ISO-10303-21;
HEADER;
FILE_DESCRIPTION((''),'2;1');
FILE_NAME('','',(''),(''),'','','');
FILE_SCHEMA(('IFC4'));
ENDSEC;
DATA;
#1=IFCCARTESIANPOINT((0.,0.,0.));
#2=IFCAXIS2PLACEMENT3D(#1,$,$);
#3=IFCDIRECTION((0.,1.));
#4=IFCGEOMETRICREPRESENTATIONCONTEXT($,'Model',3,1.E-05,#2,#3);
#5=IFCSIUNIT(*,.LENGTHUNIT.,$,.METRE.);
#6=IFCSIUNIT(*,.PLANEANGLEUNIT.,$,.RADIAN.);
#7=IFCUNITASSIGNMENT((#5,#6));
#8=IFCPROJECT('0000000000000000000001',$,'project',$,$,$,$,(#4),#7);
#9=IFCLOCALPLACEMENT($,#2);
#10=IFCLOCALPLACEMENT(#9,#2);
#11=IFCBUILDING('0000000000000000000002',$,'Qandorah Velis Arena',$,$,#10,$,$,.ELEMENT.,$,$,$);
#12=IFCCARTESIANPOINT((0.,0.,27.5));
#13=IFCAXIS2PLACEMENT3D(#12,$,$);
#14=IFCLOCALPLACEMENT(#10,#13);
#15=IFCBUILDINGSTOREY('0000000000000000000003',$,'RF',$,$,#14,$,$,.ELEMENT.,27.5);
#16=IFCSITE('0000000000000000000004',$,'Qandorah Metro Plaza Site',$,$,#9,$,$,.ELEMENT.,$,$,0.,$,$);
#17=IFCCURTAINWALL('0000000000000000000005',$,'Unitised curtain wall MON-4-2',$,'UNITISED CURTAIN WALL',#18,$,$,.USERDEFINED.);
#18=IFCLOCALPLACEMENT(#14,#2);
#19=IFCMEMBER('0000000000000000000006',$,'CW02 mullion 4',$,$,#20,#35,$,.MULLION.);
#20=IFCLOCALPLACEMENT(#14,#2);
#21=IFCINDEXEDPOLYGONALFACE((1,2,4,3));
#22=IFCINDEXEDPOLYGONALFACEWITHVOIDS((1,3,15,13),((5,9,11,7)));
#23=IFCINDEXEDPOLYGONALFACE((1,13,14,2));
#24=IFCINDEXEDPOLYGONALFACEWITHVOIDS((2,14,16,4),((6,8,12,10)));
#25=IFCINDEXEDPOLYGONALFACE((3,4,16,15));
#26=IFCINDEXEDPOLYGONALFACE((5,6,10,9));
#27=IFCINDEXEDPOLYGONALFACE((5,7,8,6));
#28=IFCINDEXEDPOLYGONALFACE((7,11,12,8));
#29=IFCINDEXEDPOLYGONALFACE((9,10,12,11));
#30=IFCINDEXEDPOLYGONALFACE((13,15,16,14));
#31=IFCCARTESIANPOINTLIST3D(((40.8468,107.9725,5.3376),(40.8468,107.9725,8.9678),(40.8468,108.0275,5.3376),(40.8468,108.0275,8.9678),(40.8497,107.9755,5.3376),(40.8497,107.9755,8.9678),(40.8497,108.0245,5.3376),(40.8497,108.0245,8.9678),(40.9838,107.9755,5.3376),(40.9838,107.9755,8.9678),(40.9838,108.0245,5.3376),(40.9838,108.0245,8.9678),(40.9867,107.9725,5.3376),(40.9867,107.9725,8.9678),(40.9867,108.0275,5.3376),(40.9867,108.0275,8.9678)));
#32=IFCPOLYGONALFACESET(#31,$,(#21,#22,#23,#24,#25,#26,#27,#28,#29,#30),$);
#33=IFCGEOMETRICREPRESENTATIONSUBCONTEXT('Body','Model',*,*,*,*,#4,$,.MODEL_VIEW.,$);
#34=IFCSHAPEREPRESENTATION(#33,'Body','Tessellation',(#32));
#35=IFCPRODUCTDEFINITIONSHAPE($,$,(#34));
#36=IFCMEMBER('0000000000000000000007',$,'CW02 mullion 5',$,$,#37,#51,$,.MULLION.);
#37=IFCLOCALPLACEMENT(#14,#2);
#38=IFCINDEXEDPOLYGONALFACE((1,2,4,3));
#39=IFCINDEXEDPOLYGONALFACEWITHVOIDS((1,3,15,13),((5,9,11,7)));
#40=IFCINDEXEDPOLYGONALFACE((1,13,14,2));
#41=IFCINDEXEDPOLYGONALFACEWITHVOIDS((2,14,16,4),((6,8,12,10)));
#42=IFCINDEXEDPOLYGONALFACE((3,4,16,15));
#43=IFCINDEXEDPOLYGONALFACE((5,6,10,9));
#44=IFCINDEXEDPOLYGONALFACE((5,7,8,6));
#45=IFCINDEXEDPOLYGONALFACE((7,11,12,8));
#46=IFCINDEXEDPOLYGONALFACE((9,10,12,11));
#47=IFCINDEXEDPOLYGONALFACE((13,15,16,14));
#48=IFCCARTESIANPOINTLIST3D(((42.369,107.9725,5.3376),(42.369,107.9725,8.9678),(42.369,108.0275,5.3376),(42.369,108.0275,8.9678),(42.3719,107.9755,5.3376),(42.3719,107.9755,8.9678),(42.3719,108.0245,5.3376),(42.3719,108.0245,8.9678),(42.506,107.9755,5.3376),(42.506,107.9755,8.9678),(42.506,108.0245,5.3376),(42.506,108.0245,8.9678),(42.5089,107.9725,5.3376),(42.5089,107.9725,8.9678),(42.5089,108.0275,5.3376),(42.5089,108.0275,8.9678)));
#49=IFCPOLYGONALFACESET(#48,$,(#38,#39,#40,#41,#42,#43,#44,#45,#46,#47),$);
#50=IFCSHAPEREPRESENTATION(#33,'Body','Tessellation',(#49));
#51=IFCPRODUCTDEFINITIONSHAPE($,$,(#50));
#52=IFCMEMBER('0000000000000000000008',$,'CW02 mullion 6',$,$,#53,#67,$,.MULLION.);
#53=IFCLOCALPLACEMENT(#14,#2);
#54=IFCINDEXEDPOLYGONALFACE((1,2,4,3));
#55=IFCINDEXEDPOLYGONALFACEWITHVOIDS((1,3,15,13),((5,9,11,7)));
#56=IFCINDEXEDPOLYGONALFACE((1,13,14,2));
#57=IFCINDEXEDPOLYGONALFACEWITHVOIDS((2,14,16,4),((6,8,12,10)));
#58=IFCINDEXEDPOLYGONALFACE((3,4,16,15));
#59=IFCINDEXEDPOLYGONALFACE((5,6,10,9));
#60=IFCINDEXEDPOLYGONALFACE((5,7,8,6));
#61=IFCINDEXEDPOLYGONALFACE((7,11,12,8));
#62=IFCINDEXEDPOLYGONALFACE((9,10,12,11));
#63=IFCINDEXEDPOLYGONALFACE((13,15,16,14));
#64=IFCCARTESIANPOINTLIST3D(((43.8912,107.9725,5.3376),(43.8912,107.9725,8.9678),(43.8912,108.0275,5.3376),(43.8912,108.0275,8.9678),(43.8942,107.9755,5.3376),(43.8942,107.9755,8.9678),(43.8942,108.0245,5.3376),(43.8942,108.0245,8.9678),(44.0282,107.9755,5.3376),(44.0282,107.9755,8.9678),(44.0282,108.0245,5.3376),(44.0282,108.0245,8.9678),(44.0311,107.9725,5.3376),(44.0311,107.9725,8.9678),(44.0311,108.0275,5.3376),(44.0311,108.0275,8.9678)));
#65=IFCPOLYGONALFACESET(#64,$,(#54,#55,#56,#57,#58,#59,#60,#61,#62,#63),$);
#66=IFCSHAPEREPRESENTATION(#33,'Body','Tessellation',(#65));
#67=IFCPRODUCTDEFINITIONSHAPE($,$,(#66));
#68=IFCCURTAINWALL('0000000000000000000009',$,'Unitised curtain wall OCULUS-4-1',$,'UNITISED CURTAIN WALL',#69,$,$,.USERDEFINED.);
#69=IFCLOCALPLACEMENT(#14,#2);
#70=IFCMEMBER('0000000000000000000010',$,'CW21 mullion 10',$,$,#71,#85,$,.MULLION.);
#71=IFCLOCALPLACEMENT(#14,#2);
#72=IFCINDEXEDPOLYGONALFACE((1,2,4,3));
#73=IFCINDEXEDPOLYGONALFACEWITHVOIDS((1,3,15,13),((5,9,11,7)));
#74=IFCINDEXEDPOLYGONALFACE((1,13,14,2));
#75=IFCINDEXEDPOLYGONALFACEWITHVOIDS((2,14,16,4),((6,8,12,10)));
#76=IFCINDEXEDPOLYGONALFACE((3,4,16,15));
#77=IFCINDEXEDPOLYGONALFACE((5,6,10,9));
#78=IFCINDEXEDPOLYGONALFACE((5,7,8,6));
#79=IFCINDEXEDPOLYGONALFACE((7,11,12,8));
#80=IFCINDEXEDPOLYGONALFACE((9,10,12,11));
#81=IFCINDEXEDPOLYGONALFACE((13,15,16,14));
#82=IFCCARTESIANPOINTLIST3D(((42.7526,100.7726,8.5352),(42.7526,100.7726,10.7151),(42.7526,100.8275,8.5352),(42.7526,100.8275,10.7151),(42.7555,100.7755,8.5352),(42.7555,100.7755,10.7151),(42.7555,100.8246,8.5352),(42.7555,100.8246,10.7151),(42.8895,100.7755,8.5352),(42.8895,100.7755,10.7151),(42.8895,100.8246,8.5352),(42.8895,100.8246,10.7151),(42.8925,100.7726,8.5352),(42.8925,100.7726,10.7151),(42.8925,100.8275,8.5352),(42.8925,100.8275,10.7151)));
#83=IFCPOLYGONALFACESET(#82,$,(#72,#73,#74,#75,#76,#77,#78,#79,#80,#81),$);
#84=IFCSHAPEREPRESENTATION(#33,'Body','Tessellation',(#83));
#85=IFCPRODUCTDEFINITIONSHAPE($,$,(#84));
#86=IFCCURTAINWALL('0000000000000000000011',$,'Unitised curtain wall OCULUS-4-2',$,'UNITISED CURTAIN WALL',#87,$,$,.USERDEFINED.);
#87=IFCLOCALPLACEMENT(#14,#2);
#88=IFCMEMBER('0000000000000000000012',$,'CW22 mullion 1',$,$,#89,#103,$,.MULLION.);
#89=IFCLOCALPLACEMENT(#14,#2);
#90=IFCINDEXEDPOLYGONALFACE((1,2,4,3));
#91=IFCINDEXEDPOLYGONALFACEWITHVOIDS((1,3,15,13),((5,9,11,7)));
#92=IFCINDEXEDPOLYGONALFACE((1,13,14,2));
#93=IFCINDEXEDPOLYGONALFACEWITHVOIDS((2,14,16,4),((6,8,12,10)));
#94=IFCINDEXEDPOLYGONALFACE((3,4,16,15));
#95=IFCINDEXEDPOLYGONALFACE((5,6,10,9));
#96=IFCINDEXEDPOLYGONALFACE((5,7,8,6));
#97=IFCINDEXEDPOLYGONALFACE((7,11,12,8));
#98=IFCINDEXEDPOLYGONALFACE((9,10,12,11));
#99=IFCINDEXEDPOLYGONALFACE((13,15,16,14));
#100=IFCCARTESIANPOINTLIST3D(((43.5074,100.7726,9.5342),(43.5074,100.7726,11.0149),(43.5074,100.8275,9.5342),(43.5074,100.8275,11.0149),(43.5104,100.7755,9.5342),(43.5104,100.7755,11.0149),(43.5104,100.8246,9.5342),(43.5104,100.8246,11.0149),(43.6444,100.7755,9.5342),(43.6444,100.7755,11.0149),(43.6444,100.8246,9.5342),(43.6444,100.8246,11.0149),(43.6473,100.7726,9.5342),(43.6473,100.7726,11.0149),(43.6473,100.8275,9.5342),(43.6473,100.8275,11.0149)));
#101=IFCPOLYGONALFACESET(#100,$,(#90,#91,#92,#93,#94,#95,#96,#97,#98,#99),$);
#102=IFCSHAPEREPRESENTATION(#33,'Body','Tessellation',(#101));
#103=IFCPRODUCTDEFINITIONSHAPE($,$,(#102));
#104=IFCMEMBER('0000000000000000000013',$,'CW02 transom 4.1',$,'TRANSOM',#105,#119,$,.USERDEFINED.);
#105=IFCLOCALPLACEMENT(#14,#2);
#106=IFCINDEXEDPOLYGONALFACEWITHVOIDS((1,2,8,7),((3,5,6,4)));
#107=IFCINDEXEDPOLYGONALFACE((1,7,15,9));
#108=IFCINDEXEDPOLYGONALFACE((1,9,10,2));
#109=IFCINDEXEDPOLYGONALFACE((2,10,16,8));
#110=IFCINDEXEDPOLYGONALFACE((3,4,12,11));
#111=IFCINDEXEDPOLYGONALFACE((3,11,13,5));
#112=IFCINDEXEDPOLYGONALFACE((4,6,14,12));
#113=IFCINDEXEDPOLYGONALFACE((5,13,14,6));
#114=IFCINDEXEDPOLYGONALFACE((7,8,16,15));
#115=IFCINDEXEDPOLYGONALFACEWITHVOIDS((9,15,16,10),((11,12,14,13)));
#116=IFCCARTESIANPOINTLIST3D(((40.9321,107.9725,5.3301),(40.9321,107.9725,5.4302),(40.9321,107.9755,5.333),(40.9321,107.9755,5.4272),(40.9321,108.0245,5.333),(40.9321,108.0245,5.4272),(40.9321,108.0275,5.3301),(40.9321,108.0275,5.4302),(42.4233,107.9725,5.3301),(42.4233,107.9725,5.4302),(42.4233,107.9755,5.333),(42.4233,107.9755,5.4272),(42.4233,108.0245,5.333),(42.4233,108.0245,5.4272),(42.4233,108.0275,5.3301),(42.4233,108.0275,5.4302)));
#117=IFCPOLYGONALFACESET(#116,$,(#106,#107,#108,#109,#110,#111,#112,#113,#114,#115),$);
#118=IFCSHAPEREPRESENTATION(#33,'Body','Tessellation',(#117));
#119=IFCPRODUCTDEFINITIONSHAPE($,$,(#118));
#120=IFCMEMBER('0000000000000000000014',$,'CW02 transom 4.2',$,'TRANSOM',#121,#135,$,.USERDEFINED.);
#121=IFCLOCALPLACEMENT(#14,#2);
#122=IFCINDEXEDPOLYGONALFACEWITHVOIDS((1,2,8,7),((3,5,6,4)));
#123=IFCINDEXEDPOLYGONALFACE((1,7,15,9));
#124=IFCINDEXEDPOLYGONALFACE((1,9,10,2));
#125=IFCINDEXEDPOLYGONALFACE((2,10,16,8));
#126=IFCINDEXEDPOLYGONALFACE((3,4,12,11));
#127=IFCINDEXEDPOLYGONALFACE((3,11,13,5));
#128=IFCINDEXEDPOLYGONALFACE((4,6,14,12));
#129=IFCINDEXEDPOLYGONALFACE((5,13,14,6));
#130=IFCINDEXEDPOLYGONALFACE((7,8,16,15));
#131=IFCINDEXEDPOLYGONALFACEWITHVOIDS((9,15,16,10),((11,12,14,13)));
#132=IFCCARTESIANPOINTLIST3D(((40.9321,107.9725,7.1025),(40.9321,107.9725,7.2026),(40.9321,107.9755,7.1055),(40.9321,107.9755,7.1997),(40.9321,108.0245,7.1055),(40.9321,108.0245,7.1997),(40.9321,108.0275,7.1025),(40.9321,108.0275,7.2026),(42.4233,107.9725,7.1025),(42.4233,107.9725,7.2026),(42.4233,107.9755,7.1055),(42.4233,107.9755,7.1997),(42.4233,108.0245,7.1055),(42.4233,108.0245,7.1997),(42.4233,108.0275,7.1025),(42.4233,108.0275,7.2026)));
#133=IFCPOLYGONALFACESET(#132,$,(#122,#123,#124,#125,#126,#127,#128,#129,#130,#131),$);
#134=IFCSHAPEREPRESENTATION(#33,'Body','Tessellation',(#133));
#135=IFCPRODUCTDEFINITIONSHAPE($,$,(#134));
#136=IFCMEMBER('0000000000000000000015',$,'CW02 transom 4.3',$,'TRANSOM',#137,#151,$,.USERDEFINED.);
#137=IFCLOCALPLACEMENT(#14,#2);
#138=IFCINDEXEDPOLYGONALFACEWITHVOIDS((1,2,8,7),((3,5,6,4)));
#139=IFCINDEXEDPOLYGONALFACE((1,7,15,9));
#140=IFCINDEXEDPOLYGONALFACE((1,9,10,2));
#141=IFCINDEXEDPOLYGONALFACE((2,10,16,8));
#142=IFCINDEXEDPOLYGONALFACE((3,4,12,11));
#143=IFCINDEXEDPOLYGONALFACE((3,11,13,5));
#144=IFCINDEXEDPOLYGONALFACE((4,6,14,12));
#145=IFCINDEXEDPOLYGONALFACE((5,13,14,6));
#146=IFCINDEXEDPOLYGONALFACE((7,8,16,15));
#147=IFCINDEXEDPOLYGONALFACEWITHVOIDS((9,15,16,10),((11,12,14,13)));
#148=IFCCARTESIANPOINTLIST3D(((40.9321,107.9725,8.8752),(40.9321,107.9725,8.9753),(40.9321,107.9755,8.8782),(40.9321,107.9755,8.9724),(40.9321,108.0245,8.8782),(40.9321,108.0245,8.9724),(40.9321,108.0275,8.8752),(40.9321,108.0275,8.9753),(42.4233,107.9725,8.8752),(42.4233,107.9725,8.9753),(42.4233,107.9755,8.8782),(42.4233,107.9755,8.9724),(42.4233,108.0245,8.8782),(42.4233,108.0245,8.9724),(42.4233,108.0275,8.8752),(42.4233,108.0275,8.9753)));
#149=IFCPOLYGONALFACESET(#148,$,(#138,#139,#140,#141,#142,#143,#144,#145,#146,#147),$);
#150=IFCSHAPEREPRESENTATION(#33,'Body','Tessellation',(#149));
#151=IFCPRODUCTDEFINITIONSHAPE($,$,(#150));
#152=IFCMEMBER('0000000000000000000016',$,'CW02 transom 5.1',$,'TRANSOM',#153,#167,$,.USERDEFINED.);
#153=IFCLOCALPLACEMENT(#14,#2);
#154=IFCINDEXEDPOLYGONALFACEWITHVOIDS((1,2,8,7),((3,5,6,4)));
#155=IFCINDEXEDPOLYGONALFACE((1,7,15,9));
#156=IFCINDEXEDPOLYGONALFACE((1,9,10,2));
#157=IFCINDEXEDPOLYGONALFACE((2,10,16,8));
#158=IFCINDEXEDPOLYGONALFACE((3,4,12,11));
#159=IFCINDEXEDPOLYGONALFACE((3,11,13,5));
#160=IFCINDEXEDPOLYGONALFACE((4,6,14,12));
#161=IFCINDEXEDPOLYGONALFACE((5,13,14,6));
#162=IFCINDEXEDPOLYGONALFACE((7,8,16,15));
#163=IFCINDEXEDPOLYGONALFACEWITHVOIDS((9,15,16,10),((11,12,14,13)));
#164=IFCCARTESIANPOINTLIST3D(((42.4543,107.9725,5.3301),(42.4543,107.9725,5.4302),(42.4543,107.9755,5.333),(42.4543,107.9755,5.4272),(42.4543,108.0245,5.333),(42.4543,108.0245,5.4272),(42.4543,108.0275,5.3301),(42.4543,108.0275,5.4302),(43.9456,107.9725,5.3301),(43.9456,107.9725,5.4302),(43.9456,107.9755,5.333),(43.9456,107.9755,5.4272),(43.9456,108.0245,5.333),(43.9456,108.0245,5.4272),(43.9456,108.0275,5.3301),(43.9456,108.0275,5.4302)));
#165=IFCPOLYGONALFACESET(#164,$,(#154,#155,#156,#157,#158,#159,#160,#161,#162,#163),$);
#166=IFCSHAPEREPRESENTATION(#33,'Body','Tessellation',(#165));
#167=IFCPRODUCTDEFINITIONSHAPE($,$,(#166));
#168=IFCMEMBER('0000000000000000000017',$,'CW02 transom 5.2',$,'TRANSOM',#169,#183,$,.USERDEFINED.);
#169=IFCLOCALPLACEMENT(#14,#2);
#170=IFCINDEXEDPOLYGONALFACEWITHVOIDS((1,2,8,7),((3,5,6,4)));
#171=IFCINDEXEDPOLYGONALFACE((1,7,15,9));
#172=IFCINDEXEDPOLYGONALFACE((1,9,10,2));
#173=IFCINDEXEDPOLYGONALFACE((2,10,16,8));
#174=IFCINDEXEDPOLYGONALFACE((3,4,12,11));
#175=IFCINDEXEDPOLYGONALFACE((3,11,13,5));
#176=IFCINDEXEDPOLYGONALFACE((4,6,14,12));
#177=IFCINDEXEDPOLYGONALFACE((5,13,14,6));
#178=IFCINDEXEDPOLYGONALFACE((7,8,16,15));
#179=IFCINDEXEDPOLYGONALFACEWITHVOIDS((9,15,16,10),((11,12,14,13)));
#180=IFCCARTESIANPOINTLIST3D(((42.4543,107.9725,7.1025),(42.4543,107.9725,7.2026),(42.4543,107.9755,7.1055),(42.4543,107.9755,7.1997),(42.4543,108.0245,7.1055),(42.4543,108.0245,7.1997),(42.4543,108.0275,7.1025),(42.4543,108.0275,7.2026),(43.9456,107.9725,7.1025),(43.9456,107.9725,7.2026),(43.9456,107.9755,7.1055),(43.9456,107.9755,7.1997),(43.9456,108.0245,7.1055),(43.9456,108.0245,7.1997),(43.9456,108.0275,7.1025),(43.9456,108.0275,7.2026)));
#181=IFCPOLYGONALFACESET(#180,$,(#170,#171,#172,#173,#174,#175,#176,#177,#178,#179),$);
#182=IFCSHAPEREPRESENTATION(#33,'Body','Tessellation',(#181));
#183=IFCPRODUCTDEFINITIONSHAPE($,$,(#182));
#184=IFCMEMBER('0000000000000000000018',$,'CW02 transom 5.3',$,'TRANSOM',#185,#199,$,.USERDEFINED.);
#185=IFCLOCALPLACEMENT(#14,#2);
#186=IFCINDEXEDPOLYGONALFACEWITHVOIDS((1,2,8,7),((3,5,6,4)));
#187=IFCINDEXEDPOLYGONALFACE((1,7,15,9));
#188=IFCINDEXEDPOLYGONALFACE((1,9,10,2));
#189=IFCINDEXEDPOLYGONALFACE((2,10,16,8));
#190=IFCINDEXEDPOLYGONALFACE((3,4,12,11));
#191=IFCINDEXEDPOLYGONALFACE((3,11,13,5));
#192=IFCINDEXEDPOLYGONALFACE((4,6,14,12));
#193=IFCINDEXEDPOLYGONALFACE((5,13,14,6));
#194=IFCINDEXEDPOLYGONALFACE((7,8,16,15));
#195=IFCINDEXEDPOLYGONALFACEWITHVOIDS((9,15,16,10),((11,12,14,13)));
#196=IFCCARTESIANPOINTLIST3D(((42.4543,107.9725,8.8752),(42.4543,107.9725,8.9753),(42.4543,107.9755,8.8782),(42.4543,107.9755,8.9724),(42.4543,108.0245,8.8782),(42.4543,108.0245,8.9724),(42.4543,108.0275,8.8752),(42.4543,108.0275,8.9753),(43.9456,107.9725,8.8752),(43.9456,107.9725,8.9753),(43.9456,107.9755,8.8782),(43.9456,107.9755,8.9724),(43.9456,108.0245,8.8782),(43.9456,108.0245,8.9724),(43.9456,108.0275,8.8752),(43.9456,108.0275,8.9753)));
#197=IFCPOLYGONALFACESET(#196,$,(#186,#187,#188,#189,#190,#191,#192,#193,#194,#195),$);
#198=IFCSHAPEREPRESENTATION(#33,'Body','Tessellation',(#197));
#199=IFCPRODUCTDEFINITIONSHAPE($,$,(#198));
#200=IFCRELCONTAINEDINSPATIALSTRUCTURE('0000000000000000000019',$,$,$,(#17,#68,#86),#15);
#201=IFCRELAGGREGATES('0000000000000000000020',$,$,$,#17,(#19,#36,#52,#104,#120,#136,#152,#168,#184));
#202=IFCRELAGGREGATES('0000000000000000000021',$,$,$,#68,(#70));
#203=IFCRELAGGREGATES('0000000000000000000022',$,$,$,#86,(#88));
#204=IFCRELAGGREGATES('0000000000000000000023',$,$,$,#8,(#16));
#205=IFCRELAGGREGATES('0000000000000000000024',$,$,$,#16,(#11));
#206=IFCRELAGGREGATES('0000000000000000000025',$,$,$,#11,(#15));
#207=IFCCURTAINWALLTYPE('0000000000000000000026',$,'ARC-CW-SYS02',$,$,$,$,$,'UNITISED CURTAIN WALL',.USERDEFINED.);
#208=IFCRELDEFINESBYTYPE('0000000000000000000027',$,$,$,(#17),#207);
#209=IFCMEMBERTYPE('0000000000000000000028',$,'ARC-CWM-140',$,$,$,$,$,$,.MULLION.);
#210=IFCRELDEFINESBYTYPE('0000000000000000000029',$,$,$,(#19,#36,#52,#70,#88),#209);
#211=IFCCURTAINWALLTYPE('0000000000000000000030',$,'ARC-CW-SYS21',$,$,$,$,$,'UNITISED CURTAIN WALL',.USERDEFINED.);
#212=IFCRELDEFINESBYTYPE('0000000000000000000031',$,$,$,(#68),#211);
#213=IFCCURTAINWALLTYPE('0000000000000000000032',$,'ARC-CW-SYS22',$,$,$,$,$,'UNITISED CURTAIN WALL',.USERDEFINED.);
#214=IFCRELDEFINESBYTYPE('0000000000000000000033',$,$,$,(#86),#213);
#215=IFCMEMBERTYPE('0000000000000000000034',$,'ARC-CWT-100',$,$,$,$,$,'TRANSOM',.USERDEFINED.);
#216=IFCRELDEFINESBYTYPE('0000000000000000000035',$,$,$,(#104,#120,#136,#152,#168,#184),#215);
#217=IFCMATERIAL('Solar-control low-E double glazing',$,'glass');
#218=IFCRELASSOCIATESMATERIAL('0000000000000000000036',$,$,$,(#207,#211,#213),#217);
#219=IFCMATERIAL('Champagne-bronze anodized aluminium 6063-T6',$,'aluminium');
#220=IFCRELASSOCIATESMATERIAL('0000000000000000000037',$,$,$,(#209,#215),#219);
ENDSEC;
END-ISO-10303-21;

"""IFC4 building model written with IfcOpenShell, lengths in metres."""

from ifc_helpers import new_model, si_unit, direction, frame, origin, origin_2d, place, context, subcontext, project, spatial, hollow_rectangle, extrude, material, material_profile, profile_set, type_object, element, aggregate, save


model = new_model("IFC4")

# Units and contexts
model_context = context("Model", 3, precision=1e-05, world=origin(), true_north=direction((0.0, 1.0)))
body_context = subcontext(model_context, "Body", "Model", "MODEL_VIEW")
ifc_project = project(units=[si_unit("LENGTHUNIT", "METRE"), si_unit("PLANEANGLEUNIT", "RADIAN")], contexts=[model_context])

# Site, building, storey
site_placement = place(None, origin())
site = spatial("IfcSite", under=ifc_project, at=site_placement, Name="Qandorah Metro Plaza Site", CompositionType="ELEMENT", RefElevation=0.0)
building_placement = place(site_placement, origin())
building = spatial("IfcBuilding", under=site, at=building_placement, Name="Qandorah Velis Arena", CompositionType="ELEMENT")
storey_placement = place(building_placement, frame((0.0, 0.0, 27.5)))
storey = spatial("IfcBuildingStorey", under=building, at=storey_placement, Name="RF", CompositionType="ELEMENT", Elevation=27.5)

# Curtain wall, members
ifc_material_1 = material(Name="Solar-control low-E double glazing", Category="glass")
curtain_wall_type_1 = type_object("IfcCurtainWallType", Name="ARC-CW-SYS02", ElementType="UNITISED CURTAIN WALL", PredefinedType="USERDEFINED", material=ifc_material_1)
curtain_wall_1_placement = place(storey_placement, origin())
curtain_wall_1 = element("IfcCurtainWall", 1, at=curtain_wall_1_placement, inside=storey, type_object=curtain_wall_type_1, Name="Unitised curtain wall MON-4-2", ObjectType="UNITISED CURTAIN WALL", PredefinedType="USERDEFINED")
ifc_material_2 = material(Name="Champagne-bronze anodized aluminium 6063-T6", Category="aluminium")
ifc_material_profile_1 = material_profile(ifc_material_2, hollow_rectangle(XDim=0.0549, YDim=0.1399, WallThickness=0.0029, at=origin_2d()), Name="ALU MULLION 55x140")
ifc_profile_set_1 = profile_set([ifc_material_profile_1], Name="Champagne-bronze anodized aluminium 6063-T6")
member_type_1 = type_object("IfcMemberType", Name="ARC-CWM-140", PredefinedType="MULLION", material=ifc_profile_set_1)
member_1_placement = place(storey_placement, frame((40.9167, 108.0, 5.3376), z_axis=(0.0, 0.0, 1.0), x_axis=(0.0, 1.0, 0.0)))
member_1 = element("IfcMember", 2, at=member_1_placement, type_object=member_type_1, Name="CW02 mullion 4", PredefinedType="MULLION", context=body_context, shape_type="SweptSolid", body=[
    extrude(hollow_rectangle(XDim=0.0549, YDim=0.1399, WallThickness=0.0029, at=origin_2d()), origin(), (0.0, 0.0, 1.0), 3.6301),
])
member_2_placement = place(storey_placement, frame((42.439, 108.0, 5.3376), z_axis=(0.0, 0.0, 1.0), x_axis=(0.0, 1.0, 0.0)))
member_2 = element("IfcMember", 3, at=member_2_placement, type_object=member_type_1, Name="CW02 mullion 5", PredefinedType="MULLION", context=body_context, shape_type="SweptSolid", body=[
    extrude(hollow_rectangle(XDim=0.0549, YDim=0.1399, WallThickness=0.0029, at=origin_2d()), origin(), (0.0, 0.0, 1.0), 3.6301),
])
member_3_placement = place(storey_placement, frame((43.9612, 108.0, 5.3376), z_axis=(0.0, 0.0, 1.0), x_axis=(0.0, 1.0, 0.0)))
member_3 = element("IfcMember", 4, at=member_3_placement, type_object=member_type_1, Name="CW02 mullion 6", PredefinedType="MULLION", context=body_context, shape_type="SweptSolid", body=[
    extrude(hollow_rectangle(XDim=0.0549, YDim=0.1399, WallThickness=0.0029, at=origin_2d()), origin(), (0.0, 0.0, 1.0), 3.6301),
])

# Curtain walls, members
curtain_wall_type_2 = type_object("IfcCurtainWallType", Name="ARC-CW-SYS21", ElementType="UNITISED CURTAIN WALL", PredefinedType="USERDEFINED", material=ifc_material_1)
curtain_wall_2_placement = place(storey_placement, origin())
curtain_wall_2 = element("IfcCurtainWall", 5, at=curtain_wall_2_placement, inside=storey, type_object=curtain_wall_type_2, Name="Unitised curtain wall OCULUS-4-1", ObjectType="UNITISED CURTAIN WALL", PredefinedType="USERDEFINED")
member_4_placement = place(storey_placement, frame((42.8225, 100.8, 8.5352), z_axis=(0.0, 0.0, 1.0), x_axis=(0.0, 1.0, 0.0)))
member_4 = element("IfcMember", 6, at=member_4_placement, type_object=member_type_1, Name="CW21 mullion 10", PredefinedType="MULLION", context=body_context, shape_type="SweptSolid", body=[
    extrude(hollow_rectangle(XDim=0.0549, YDim=0.1399, WallThickness=0.0029, at=origin_2d()), origin(), (0.0, 0.0, 1.0), 2.1799),
])
curtain_wall_type_3 = type_object("IfcCurtainWallType", Name="ARC-CW-SYS22", ElementType="UNITISED CURTAIN WALL", PredefinedType="USERDEFINED", material=ifc_material_1)
curtain_wall_3_placement = place(storey_placement, origin())
curtain_wall_3 = element("IfcCurtainWall", 7, at=curtain_wall_3_placement, inside=storey, type_object=curtain_wall_type_3, Name="Unitised curtain wall OCULUS-4-2", ObjectType="UNITISED CURTAIN WALL", PredefinedType="USERDEFINED")
member_5_placement = place(storey_placement, frame((43.5774, 100.8, 9.5342), z_axis=(0.0, 0.0, 1.0), x_axis=(0.0, 1.0, 0.0)))
member_5 = element("IfcMember", 8, at=member_5_placement, type_object=member_type_1, Name="CW22 mullion 1", PredefinedType="MULLION", context=body_context, shape_type="SweptSolid", body=[
    extrude(hollow_rectangle(XDim=0.0549, YDim=0.1399, WallThickness=0.0029, at=origin_2d()), origin(), (0.0, 0.0, 1.0), 1.4807),
])

# Members
ifc_material_profile_2 = material_profile(ifc_material_2, hollow_rectangle(XDim=0.0549, YDim=0.1001, WallThickness=0.0029, at=origin_2d()), Name="ALU TRANSOM 55x100")
ifc_profile_set_2 = profile_set([ifc_material_profile_2], Name="Champagne-bronze anodized aluminium 6063-T6")
member_type_2 = type_object("IfcMemberType", Name="ARC-CWT-100", ElementType="TRANSOM", PredefinedType="USERDEFINED", material=ifc_profile_set_2)
member_6_placement = place(storey_placement, frame((40.9321, 108.0, 5.3801), z_axis=(1.0, 0.0, 0.0), x_axis=(0.0, 1.0, 0.0)))
member_6 = element("IfcMember", 9, at=member_6_placement, type_object=member_type_2, Name="CW02 transom 4.1", ObjectType="TRANSOM", PredefinedType="USERDEFINED", context=body_context, shape_type="SweptSolid", body=[
    extrude(hollow_rectangle(XDim=0.0549, YDim=0.1001, WallThickness=0.0029, at=origin_2d()), origin(), (0.0, 0.0, 1.0), 1.4912),
])
member_7_placement = place(storey_placement, frame((40.9321, 108.0, 7.1526), z_axis=(1.0, 0.0, 0.0), x_axis=(0.0, 1.0, 0.0)))
member_7 = element("IfcMember", 10, at=member_7_placement, type_object=member_type_2, Name="CW02 transom 4.2", ObjectType="TRANSOM", PredefinedType="USERDEFINED", context=body_context, shape_type="SweptSolid", body=[
    extrude(hollow_rectangle(XDim=0.0549, YDim=0.1001, WallThickness=0.0029, at=origin_2d()), origin(), (0.0, 0.0, 1.0), 1.4912),
])
member_8_placement = place(storey_placement, frame((40.9321, 108.0, 8.9253), z_axis=(1.0, 0.0, 0.0), x_axis=(0.0, 1.0, 0.0)))
member_8 = element("IfcMember", 11, at=member_8_placement, type_object=member_type_2, Name="CW02 transom 4.3", ObjectType="TRANSOM", PredefinedType="USERDEFINED", context=body_context, shape_type="SweptSolid", body=[
    extrude(hollow_rectangle(XDim=0.0549, YDim=0.1001, WallThickness=0.0029, at=origin_2d()), origin(), (0.0, 0.0, 1.0), 1.4912),
])
member_9_placement = place(storey_placement, frame((42.4543, 108.0, 5.3801), z_axis=(1.0, 0.0, 0.0), x_axis=(0.0, 1.0, 0.0)))
member_9 = element("IfcMember", 12, at=member_9_placement, type_object=member_type_2, Name="CW02 transom 5.1", ObjectType="TRANSOM", PredefinedType="USERDEFINED", context=body_context, shape_type="SweptSolid", body=[
    extrude(hollow_rectangle(XDim=0.0549, YDim=0.1001, WallThickness=0.0029, at=origin_2d()), origin(), (0.0, 0.0, 1.0), 1.4912),
])
member_10_placement = place(storey_placement, frame((42.4543, 108.0, 7.1526), z_axis=(1.0, 0.0, 0.0), x_axis=(0.0, 1.0, 0.0)))
member_10 = element("IfcMember", 13, at=member_10_placement, type_object=member_type_2, Name="CW02 transom 5.2", ObjectType="TRANSOM", PredefinedType="USERDEFINED", context=body_context, shape_type="SweptSolid", body=[
    extrude(hollow_rectangle(XDim=0.0549, YDim=0.1001, WallThickness=0.0029, at=origin_2d()), origin(), (0.0, 0.0, 1.0), 1.4912),
])
member_11_placement = place(storey_placement, frame((42.4543, 108.0, 8.9253), z_axis=(1.0, 0.0, 0.0), x_axis=(0.0, 1.0, 0.0)))
member_11 = element("IfcMember", 14, at=member_11_placement, type_object=member_type_2, Name="CW02 transom 5.3", ObjectType="TRANSOM", PredefinedType="USERDEFINED", context=body_context, shape_type="SweptSolid", body=[
    extrude(hollow_rectangle(XDim=0.0549, YDim=0.1001, WallThickness=0.0029, at=origin_2d()), origin(), (0.0, 0.0, 1.0), 1.4912),
])

aggregate(curtain_wall_1, [member_1, member_2, member_3, member_6, member_7, member_8, member_9, member_10, member_11])
aggregate(curtain_wall_2, [member_4])
aggregate(curtain_wall_3, [member_5])

save(model, "model.ifc")
